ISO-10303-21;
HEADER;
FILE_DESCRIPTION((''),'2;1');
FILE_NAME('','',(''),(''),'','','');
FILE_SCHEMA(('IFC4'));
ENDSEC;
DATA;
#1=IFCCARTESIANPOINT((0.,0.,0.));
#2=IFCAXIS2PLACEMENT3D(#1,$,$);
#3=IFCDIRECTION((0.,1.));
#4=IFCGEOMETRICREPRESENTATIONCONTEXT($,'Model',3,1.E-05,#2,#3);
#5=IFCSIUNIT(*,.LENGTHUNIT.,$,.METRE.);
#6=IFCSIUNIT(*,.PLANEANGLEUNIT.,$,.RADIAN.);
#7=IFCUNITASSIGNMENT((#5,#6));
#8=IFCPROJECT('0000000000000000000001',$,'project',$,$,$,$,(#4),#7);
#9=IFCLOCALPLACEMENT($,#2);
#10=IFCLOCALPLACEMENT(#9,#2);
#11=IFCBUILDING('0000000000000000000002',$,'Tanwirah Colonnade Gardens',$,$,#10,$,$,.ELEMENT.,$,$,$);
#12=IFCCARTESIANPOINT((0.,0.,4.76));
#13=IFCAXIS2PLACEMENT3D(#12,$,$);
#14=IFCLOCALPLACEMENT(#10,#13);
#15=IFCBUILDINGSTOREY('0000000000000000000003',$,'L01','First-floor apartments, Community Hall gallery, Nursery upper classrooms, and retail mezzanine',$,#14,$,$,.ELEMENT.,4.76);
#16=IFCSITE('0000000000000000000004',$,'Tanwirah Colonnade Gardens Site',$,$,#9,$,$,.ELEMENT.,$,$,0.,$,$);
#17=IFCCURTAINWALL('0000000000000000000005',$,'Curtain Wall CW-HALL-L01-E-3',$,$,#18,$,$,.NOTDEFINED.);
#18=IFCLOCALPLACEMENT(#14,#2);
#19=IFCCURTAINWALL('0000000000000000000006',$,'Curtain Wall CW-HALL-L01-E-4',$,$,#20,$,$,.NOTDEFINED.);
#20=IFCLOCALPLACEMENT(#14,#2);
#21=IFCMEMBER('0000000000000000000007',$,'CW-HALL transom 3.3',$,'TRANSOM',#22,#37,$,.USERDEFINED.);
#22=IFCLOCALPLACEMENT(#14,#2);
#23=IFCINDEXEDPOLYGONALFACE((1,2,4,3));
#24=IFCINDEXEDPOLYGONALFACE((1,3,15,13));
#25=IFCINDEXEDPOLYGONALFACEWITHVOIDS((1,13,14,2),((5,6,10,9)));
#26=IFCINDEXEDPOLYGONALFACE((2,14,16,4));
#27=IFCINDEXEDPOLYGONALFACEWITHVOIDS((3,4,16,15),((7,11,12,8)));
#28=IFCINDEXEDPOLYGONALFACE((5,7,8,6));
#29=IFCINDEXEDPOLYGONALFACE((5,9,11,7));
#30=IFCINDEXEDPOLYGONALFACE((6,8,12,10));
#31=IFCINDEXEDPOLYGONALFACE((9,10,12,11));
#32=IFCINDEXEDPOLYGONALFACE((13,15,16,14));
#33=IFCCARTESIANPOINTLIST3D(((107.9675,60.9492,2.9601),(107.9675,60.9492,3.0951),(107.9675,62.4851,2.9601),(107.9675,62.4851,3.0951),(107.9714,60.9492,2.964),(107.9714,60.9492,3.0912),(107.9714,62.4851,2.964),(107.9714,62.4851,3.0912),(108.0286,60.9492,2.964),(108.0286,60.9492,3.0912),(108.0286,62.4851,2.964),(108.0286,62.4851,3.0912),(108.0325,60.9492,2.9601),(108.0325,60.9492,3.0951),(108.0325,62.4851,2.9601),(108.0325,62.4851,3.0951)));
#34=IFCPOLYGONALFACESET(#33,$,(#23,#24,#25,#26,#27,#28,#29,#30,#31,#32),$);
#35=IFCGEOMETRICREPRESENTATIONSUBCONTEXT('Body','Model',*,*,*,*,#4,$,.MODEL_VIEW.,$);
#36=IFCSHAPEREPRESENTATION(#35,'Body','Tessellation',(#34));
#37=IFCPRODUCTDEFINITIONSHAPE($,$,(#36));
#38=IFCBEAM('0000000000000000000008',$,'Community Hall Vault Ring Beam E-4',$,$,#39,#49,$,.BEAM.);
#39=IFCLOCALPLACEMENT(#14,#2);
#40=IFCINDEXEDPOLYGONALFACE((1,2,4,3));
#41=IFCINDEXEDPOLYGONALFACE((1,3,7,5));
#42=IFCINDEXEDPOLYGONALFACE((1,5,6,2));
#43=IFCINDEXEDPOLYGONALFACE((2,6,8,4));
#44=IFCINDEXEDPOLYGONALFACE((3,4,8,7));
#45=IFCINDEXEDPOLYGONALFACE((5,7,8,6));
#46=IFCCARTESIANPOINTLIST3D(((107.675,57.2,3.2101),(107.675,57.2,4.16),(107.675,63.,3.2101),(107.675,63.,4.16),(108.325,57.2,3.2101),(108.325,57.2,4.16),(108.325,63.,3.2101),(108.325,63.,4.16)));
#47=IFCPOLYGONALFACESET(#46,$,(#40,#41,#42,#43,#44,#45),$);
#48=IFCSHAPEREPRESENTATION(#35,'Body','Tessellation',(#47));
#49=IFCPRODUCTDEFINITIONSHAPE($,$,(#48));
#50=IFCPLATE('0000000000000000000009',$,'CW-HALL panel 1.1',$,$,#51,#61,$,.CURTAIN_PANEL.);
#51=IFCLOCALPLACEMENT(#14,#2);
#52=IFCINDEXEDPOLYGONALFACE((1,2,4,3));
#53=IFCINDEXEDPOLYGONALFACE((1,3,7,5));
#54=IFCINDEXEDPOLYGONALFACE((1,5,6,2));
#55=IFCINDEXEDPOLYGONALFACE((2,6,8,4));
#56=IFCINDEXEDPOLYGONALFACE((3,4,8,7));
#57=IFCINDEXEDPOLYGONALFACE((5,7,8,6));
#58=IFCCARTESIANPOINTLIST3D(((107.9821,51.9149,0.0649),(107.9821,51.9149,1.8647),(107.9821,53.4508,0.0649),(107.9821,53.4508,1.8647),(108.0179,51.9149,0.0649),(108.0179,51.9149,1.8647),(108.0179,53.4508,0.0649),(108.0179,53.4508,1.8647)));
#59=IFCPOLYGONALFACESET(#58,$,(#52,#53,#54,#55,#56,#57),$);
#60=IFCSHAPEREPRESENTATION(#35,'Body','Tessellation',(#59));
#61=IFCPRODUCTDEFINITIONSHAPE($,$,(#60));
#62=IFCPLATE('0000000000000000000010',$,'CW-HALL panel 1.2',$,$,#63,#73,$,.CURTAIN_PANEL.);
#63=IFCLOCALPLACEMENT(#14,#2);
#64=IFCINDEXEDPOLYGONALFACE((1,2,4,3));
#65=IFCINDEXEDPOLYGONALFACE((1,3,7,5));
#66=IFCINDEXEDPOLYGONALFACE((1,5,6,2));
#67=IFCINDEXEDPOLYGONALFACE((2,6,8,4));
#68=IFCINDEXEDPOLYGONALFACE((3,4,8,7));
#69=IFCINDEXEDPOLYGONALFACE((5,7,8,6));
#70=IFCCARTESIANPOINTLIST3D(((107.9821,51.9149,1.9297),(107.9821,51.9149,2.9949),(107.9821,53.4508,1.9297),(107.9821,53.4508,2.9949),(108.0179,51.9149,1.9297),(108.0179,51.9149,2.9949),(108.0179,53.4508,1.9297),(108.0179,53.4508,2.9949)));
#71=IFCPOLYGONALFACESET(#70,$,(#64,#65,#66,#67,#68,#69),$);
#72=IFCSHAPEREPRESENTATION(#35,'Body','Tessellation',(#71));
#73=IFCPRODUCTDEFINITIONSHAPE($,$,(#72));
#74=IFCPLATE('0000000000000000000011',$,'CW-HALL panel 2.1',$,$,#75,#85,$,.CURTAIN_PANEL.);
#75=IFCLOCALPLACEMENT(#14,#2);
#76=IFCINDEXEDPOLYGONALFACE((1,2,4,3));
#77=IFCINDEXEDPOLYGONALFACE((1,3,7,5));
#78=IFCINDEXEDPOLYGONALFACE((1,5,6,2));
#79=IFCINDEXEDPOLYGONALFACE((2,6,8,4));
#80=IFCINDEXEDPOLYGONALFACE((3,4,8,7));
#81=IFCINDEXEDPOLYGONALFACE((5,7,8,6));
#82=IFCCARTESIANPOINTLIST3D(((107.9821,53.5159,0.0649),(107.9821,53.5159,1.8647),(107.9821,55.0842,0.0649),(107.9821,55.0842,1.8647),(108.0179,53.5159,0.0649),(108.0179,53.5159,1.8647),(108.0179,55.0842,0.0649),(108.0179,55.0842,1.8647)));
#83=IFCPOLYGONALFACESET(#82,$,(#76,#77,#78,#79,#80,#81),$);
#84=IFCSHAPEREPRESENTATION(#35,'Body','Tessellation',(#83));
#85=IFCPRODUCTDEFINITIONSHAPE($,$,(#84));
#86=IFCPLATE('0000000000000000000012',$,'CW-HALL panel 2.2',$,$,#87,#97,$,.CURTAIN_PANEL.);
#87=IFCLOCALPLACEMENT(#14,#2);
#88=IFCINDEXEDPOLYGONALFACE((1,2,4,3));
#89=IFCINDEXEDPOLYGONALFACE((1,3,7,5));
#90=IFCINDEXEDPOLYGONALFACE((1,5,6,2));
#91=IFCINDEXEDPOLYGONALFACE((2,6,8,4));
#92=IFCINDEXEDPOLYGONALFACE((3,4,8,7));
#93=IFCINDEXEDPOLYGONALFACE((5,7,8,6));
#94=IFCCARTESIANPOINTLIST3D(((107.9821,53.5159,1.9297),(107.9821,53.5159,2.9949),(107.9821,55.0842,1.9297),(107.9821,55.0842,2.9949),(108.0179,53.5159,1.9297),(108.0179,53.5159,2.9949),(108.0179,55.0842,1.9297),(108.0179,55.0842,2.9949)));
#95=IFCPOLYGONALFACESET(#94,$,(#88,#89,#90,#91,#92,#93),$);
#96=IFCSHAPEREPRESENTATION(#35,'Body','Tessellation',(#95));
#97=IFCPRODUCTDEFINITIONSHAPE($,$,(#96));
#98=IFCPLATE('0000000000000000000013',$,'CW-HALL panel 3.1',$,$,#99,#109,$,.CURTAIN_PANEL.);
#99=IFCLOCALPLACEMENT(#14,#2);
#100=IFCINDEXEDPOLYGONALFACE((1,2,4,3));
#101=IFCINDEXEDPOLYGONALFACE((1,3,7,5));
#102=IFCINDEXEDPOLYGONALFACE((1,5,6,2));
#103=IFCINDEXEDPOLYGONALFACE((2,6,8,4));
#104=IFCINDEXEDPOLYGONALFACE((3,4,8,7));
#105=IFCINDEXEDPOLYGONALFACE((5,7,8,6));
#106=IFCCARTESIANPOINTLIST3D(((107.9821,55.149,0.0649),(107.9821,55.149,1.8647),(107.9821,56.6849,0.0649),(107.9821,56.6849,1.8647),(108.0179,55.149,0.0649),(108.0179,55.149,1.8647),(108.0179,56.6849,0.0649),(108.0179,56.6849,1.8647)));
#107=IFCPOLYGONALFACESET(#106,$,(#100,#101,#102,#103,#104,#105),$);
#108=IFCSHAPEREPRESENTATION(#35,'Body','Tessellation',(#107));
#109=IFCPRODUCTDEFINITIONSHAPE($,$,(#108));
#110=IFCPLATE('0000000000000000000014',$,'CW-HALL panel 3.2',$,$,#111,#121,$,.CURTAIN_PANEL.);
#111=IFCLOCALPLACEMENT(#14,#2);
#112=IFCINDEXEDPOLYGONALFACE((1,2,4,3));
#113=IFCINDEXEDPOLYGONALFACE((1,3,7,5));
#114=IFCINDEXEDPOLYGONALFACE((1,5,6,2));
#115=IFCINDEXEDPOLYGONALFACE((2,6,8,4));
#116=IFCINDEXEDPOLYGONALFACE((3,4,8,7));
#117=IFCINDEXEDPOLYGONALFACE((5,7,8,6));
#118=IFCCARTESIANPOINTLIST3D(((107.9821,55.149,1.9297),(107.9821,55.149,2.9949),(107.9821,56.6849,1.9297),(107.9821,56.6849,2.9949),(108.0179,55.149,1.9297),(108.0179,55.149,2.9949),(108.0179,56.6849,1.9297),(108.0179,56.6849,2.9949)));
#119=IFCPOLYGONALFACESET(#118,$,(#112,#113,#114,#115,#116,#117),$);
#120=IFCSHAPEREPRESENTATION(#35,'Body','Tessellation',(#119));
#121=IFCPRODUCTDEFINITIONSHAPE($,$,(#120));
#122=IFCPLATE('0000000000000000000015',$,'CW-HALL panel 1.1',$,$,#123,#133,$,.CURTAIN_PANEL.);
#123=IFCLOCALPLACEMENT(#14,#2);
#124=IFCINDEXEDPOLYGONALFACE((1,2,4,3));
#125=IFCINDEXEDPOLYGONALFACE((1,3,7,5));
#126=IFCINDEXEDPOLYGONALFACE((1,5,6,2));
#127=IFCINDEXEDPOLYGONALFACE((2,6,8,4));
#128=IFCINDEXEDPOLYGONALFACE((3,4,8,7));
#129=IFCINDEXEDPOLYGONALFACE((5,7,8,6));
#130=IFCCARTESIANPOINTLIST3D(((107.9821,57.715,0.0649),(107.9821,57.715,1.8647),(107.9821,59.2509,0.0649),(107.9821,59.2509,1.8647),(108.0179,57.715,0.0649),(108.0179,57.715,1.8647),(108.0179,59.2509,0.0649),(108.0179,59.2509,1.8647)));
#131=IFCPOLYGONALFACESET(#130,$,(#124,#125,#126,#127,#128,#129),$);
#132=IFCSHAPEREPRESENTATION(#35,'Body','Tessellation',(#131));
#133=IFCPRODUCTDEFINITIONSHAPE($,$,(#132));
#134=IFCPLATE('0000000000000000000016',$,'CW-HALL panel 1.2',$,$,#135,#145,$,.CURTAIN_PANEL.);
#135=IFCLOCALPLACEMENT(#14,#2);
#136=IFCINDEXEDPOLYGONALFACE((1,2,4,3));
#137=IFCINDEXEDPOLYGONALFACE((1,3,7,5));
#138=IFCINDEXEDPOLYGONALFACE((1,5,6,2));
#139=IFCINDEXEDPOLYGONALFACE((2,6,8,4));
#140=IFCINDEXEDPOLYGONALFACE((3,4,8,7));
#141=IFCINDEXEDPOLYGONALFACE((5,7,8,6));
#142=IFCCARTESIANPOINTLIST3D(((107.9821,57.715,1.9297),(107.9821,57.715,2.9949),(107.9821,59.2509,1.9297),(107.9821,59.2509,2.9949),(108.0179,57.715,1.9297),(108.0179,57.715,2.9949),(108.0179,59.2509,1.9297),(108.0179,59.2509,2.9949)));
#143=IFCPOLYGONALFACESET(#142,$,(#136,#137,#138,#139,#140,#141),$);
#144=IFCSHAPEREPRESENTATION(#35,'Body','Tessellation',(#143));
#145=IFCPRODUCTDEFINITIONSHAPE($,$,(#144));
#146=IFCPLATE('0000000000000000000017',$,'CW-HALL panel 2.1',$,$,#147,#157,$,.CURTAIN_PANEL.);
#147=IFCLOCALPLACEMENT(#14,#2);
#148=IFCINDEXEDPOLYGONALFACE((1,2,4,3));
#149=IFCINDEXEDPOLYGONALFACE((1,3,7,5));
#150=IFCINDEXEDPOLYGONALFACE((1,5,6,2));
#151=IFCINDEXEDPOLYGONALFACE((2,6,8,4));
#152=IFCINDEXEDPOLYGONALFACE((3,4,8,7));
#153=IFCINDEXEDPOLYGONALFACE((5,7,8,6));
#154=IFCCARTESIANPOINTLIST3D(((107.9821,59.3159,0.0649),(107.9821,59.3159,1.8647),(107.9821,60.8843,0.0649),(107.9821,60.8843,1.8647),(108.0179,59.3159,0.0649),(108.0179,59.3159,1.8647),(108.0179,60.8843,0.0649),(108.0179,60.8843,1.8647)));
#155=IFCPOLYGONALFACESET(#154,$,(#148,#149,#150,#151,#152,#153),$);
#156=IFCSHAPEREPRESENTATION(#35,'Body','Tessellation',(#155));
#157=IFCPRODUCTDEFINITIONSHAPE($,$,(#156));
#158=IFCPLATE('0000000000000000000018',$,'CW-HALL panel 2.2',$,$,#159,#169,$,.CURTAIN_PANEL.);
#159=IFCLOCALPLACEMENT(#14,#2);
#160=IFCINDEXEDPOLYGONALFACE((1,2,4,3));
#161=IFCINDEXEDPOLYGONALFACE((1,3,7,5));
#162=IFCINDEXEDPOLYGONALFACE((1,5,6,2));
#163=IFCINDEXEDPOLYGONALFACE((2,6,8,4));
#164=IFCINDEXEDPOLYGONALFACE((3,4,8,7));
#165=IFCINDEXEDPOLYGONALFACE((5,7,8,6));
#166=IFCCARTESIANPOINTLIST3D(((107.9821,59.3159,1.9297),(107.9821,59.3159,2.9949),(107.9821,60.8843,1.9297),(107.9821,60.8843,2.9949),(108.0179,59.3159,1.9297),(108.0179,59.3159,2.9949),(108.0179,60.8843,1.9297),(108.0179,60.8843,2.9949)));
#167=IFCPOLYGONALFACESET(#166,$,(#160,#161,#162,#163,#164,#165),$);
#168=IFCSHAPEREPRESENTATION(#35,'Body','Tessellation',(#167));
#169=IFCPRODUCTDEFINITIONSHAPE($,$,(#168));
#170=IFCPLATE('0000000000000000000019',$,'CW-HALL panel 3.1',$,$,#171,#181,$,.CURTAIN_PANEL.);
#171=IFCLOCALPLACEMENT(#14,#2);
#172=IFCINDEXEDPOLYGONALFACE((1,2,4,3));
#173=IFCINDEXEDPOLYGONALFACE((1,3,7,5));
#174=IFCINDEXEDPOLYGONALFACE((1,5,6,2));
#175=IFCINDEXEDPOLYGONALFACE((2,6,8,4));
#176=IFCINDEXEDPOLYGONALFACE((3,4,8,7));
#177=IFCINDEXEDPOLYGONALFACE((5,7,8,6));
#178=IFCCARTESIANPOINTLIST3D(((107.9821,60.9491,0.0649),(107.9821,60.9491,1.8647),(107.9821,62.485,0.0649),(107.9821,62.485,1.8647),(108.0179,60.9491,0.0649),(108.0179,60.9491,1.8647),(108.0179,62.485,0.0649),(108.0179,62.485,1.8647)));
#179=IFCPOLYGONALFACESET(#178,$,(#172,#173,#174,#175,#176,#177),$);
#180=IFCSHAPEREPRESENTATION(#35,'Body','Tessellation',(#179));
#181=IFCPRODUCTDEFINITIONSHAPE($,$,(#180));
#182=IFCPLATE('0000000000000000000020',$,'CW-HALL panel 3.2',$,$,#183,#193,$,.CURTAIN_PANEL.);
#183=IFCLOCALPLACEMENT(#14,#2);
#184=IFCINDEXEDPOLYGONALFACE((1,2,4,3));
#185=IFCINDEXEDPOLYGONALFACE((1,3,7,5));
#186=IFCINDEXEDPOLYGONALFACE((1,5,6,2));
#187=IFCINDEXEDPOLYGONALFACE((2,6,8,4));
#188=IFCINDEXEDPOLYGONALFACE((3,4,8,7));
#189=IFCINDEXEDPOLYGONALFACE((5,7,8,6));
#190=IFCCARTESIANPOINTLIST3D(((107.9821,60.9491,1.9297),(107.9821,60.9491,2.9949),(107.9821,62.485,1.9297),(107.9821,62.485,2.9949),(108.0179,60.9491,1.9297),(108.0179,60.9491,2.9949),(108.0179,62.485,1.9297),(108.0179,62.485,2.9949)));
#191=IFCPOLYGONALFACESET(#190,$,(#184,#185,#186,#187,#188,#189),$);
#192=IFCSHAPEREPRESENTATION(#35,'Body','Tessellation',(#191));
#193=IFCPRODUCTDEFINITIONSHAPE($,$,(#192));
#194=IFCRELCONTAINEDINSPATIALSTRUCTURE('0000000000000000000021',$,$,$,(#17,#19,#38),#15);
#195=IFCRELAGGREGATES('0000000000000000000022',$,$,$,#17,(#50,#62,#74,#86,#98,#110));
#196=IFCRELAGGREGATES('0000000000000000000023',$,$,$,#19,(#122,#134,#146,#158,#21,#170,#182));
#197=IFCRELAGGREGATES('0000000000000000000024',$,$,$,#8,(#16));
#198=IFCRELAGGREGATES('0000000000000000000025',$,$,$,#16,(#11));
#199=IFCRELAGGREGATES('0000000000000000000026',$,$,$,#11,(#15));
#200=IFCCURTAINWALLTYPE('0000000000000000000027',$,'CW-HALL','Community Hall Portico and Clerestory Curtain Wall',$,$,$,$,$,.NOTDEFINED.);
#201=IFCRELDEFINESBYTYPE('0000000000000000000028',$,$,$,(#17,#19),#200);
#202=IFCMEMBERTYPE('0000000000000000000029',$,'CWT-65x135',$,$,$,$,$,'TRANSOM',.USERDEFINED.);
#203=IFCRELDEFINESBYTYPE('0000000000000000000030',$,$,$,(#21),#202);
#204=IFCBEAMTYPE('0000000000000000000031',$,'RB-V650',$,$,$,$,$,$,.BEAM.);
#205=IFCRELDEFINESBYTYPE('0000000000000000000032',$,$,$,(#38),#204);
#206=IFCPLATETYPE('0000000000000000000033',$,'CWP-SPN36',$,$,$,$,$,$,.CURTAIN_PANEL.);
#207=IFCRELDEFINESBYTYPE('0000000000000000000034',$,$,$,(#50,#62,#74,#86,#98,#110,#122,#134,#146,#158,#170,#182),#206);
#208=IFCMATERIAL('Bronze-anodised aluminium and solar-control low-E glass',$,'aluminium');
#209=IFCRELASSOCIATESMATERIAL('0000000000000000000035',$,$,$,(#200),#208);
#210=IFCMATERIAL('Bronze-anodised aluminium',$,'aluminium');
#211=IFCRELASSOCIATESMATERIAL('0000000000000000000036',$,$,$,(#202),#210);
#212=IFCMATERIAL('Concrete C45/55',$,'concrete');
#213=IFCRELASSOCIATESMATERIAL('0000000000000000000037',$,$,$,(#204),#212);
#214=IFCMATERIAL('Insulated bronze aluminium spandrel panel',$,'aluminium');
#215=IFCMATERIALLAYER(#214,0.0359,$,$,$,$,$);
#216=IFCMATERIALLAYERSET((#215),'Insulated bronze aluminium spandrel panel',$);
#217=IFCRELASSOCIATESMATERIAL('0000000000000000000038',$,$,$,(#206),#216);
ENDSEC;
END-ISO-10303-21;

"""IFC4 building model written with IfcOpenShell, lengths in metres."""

from ifc_helpers import new_model, si_unit, direction, frame, origin, origin_2d, place, context, subcontext, project, spatial, rectangle, hollow_rectangle, extrude, material, layer, layer_set, material_profile, profile_set, type_object, element, aggregate, save


model = new_model("IFC4")

# Units and contexts
model_context = context("Model", 3, precision=1e-05, world=origin(), true_north=direction((0.0, 1.0)))
body_context = subcontext(model_context, "Body", "Model", "MODEL_VIEW")
ifc_project = project(units=[si_unit("LENGTHUNIT", "METRE"), si_unit("PLANEANGLEUNIT", "RADIAN")], contexts=[model_context])

# Site, building, storey
site_placement = place(None, origin())
site = spatial("IfcSite", under=ifc_project, at=site_placement, Name="Tanwirah Colonnade Gardens Site", CompositionType="ELEMENT", RefElevation=0.0)
building_placement = place(site_placement, origin())
building = spatial("IfcBuilding", under=site, at=building_placement, Name="Tanwirah Colonnade Gardens", CompositionType="ELEMENT")
storey_placement = place(building_placement, frame((0.0, 0.0, 4.76)))
storey = spatial("IfcBuildingStorey", under=building, at=storey_placement, Name="L01", Description="First-floor apartments, Community Hall gallery, Nursery upper classrooms, and retail mezzanine", CompositionType="ELEMENT", Elevation=4.76)

# Shared definitions
ifc_material_1 = material(Name="Concrete C45/55", Category="concrete")

# Curtain walls
ifc_material_2 = material(Name="Bronze-anodised aluminium and solar-control low-E glass", Category="aluminium")
curtain_wall_type = type_object("IfcCurtainWallType", Name="CW-HALL", Description="Community Hall Portico and Clerestory Curtain Wall", PredefinedType="NOTDEFINED", material=ifc_material_2)
curtain_wall_1_placement = place(storey_placement, origin())
curtain_wall_1 = element("IfcCurtainWall", 1, at=curtain_wall_1_placement, inside=storey, type_object=curtain_wall_type, Name="Curtain Wall CW-HALL-L01-E-3", PredefinedType="NOTDEFINED")
ifc_material_3 = material(Name="Bronze-anodised aluminium", Category="aluminium")
curtain_wall_2_placement = place(storey_placement, origin())
curtain_wall_2 = element("IfcCurtainWall", 2, at=curtain_wall_2_placement, inside=storey, type_object=curtain_wall_type, Name="Curtain Wall CW-HALL-L01-E-4", PredefinedType="NOTDEFINED")

# Member
ifc_material_profile_1 = material_profile(ifc_material_3, hollow_rectangle(XDim=0.0649, YDim=0.135, WallThickness=0.0039, at=origin_2d()), Name="CW-TRN 65x135x4")
ifc_profile_set_1 = profile_set([ifc_material_profile_1], Name="Bronze-anodised aluminium")
member_type_1 = type_object("IfcMemberType", Name="CWT-65x135", ElementType="TRANSOM", PredefinedType="USERDEFINED", material=ifc_profile_set_1)
member_1_placement = place(storey_placement, frame((108.0, 60.9492, 3.0276), z_axis=(0.0, 1.0, 0.0), x_axis=(-1.0, 0.0, 0.0)))
member_1 = element("IfcMember", 3, at=member_1_placement, type_object=member_type_1, Name="CW-HALL transom 3.3", ObjectType="TRANSOM", PredefinedType="USERDEFINED", context=body_context, shape_type="SweptSolid", body=[
    extrude(hollow_rectangle(XDim=0.0649, YDim=0.135, WallThickness=0.0039, at=origin_2d()), origin(), (0.0, 0.0, 1.0), 1.5359),
])

# Beam
ifc_material_profile_2 = material_profile(ifc_material_1, rectangle(XDim=0.6499, YDim=0.95, at=origin_2d()), Name="RC-RB 650x950")
ifc_profile_set_2 = profile_set([ifc_material_profile_2], Name="Concrete C45/55")
beam_type = type_object("IfcBeamType", Name="RB-V650", PredefinedType="BEAM", material=ifc_profile_set_2)
beam_placement = place(storey_placement, frame((108.0, 57.2, 3.6851), z_axis=(0.0, 1.0, 0.0), x_axis=(-1.0, 0.0, 0.0)))
element("IfcBeam", 4, at=beam_placement, inside=storey, type_object=beam_type, Name="Community Hall Vault Ring Beam E-4", PredefinedType="BEAM", context=body_context, shape_type="SweptSolid", body=[
    extrude(rectangle(XDim=0.6499, YDim=0.95, at=origin_2d()), origin(), (0.0, 0.0, 1.0), 5.8),
])

# Plates
ifc_material_4 = material(Name="Insulated bronze aluminium spandrel panel", Category="aluminium")
ifc_layer = layer(ifc_material_4, 0.0359)
ifc_layer_set = layer_set([ifc_layer], Name="Insulated bronze aluminium spandrel panel")
plate_type = type_object("IfcPlateType", Name="CWP-SPN36", PredefinedType="CURTAIN_PANEL", material=ifc_layer_set)
plate_1_placement = place(storey_placement, frame((108.0, 52.6829, 0.0649), z_axis=(0.0, 0.0, 1.0), x_axis=(0.0, 1.0, 0.0)))
plate_1 = element("IfcPlate", 5, at=plate_1_placement, type_object=plate_type, Name="CW-HALL panel 1.1", PredefinedType="CURTAIN_PANEL", context=body_context, shape_type="SweptSolid", body=[
    extrude(rectangle(XDim=1.5359, YDim=0.0359, at=origin_2d()), origin(), (0.0, 0.0, 1.0), 1.7998),
])
plate_2_placement = place(storey_placement, frame((108.0, 52.6829, 1.9297), z_axis=(0.0, 0.0, 1.0), x_axis=(0.0, 1.0, 0.0)))
plate_2 = element("IfcPlate", 6, at=plate_2_placement, type_object=plate_type, Name="CW-HALL panel 1.2", PredefinedType="CURTAIN_PANEL", context=body_context, shape_type="SweptSolid", body=[
    extrude(rectangle(XDim=1.5359, YDim=0.0359, at=origin_2d()), origin(), (0.0, 0.0, 1.0), 1.0652),
])
plate_3_placement = place(storey_placement, frame((108.0, 54.3, 0.0649), z_axis=(0.0, 0.0, 1.0), x_axis=(0.0, 1.0, 0.0)))
plate_3 = element("IfcPlate", 7, at=plate_3_placement, type_object=plate_type, Name="CW-HALL panel 2.1", PredefinedType="CURTAIN_PANEL", context=body_context, shape_type="SweptSolid", body=[
    extrude(rectangle(XDim=1.5684, YDim=0.0359, at=origin_2d()), origin(), (0.0, 0.0, 1.0), 1.7998),
])
plate_4_placement = place(storey_placement, frame((108.0, 54.3, 1.9297), z_axis=(0.0, 0.0, 1.0), x_axis=(0.0, 1.0, 0.0)))
plate_4 = element("IfcPlate", 8, at=plate_4_placement, type_object=plate_type, Name="CW-HALL panel 2.2", PredefinedType="CURTAIN_PANEL", context=body_context, shape_type="SweptSolid", body=[
    extrude(rectangle(XDim=1.5684, YDim=0.0359, at=origin_2d()), origin(), (0.0, 0.0, 1.0), 1.0652),
])
plate_5_placement = place(storey_placement, frame((108.0, 55.917, 0.0649), z_axis=(0.0, 0.0, 1.0), x_axis=(0.0, 1.0, 0.0)))
plate_5 = element("IfcPlate", 9, at=plate_5_placement, type_object=plate_type, Name="CW-HALL panel 3.1", PredefinedType="CURTAIN_PANEL", context=body_context, shape_type="SweptSolid", body=[
    extrude(rectangle(XDim=1.5359, YDim=0.0359, at=origin_2d()), origin(), (0.0, 0.0, 1.0), 1.7998),
])
plate_6_placement = place(storey_placement, frame((108.0, 55.917, 1.9297), z_axis=(0.0, 0.0, 1.0), x_axis=(0.0, 1.0, 0.0)))
plate_6 = element("IfcPlate", 10, at=plate_6_placement, type_object=plate_type, Name="CW-HALL panel 3.2", PredefinedType="CURTAIN_PANEL", context=body_context, shape_type="SweptSolid", body=[
    extrude(rectangle(XDim=1.5359, YDim=0.0359, at=origin_2d()), origin(), (0.0, 0.0, 1.0), 1.0652),
])
aggregate(curtain_wall_1, [plate_1, plate_2, plate_3, plate_4, plate_5, plate_6])
plate_7_placement = place(storey_placement, frame((108.0, 58.4829, 0.0649), z_axis=(0.0, 0.0, 1.0), x_axis=(0.0, 1.0, 0.0)))
plate_7 = element("IfcPlate", 11, at=plate_7_placement, type_object=plate_type, Name="CW-HALL panel 1.1", PredefinedType="CURTAIN_PANEL", context=body_context, shape_type="SweptSolid", body=[
    extrude(rectangle(XDim=1.5359, YDim=0.0359, at=origin_2d()), origin(), (0.0, 0.0, 1.0), 1.7998),
])
plate_8_placement = place(storey_placement, frame((108.0, 58.4829, 1.9297), z_axis=(0.0, 0.0, 1.0), x_axis=(0.0, 1.0, 0.0)))
plate_8 = element("IfcPlate", 12, at=plate_8_placement, type_object=plate_type, Name="CW-HALL panel 1.2", PredefinedType="CURTAIN_PANEL", context=body_context, shape_type="SweptSolid", body=[
    extrude(rectangle(XDim=1.5359, YDim=0.0359, at=origin_2d()), origin(), (0.0, 0.0, 1.0), 1.0652),
])
plate_9_placement = place(storey_placement, frame((108.0, 60.1001, 0.0649), z_axis=(0.0, 0.0, 1.0), x_axis=(0.0, 1.0, 0.0)))
plate_9 = element("IfcPlate", 13, at=plate_9_placement, type_object=plate_type, Name="CW-HALL panel 2.1", PredefinedType="CURTAIN_PANEL", context=body_context, shape_type="SweptSolid", body=[
    extrude(rectangle(XDim=1.5684, YDim=0.0359, at=origin_2d()), origin(), (0.0, 0.0, 1.0), 1.7998),
])
plate_10_placement = place(storey_placement, frame((108.0, 60.1001, 1.9297), z_axis=(0.0, 0.0, 1.0), x_axis=(0.0, 1.0, 0.0)))
plate_10 = element("IfcPlate", 14, at=plate_10_placement, type_object=plate_type, Name="CW-HALL panel 2.2", PredefinedType="CURTAIN_PANEL", context=body_context, shape_type="SweptSolid", body=[
    extrude(rectangle(XDim=1.5684, YDim=0.0359, at=origin_2d()), origin(), (0.0, 0.0, 1.0), 1.0652),
])
plate_11_placement = place(storey_placement, frame((108.0, 61.717, 0.0649), z_axis=(0.0, 0.0, 1.0), x_axis=(0.0, 1.0, 0.0)))
plate_11 = element("IfcPlate", 15, at=plate_11_placement, type_object=plate_type, Name="CW-HALL panel 3.1", PredefinedType="CURTAIN_PANEL", context=body_context, shape_type="SweptSolid", body=[
    extrude(rectangle(XDim=1.5359, YDim=0.0359, at=origin_2d()), origin(), (0.0, 0.0, 1.0), 1.7998),
])
plate_12_placement = place(storey_placement, frame((108.0, 61.717, 1.9297), z_axis=(0.0, 0.0, 1.0), x_axis=(0.0, 1.0, 0.0)))
plate_12 = element("IfcPlate", 16, at=plate_12_placement, type_object=plate_type, Name="CW-HALL panel 3.2", PredefinedType="CURTAIN_PANEL", context=body_context, shape_type="SweptSolid", body=[
    extrude(rectangle(XDim=1.5359, YDim=0.0359, at=origin_2d()), origin(), (0.0, 0.0, 1.0), 1.0652),
])
aggregate(curtain_wall_2, [plate_7, plate_8, plate_9, plate_10, member_1, plate_11, plate_12])

save(model, "model.ifc")
